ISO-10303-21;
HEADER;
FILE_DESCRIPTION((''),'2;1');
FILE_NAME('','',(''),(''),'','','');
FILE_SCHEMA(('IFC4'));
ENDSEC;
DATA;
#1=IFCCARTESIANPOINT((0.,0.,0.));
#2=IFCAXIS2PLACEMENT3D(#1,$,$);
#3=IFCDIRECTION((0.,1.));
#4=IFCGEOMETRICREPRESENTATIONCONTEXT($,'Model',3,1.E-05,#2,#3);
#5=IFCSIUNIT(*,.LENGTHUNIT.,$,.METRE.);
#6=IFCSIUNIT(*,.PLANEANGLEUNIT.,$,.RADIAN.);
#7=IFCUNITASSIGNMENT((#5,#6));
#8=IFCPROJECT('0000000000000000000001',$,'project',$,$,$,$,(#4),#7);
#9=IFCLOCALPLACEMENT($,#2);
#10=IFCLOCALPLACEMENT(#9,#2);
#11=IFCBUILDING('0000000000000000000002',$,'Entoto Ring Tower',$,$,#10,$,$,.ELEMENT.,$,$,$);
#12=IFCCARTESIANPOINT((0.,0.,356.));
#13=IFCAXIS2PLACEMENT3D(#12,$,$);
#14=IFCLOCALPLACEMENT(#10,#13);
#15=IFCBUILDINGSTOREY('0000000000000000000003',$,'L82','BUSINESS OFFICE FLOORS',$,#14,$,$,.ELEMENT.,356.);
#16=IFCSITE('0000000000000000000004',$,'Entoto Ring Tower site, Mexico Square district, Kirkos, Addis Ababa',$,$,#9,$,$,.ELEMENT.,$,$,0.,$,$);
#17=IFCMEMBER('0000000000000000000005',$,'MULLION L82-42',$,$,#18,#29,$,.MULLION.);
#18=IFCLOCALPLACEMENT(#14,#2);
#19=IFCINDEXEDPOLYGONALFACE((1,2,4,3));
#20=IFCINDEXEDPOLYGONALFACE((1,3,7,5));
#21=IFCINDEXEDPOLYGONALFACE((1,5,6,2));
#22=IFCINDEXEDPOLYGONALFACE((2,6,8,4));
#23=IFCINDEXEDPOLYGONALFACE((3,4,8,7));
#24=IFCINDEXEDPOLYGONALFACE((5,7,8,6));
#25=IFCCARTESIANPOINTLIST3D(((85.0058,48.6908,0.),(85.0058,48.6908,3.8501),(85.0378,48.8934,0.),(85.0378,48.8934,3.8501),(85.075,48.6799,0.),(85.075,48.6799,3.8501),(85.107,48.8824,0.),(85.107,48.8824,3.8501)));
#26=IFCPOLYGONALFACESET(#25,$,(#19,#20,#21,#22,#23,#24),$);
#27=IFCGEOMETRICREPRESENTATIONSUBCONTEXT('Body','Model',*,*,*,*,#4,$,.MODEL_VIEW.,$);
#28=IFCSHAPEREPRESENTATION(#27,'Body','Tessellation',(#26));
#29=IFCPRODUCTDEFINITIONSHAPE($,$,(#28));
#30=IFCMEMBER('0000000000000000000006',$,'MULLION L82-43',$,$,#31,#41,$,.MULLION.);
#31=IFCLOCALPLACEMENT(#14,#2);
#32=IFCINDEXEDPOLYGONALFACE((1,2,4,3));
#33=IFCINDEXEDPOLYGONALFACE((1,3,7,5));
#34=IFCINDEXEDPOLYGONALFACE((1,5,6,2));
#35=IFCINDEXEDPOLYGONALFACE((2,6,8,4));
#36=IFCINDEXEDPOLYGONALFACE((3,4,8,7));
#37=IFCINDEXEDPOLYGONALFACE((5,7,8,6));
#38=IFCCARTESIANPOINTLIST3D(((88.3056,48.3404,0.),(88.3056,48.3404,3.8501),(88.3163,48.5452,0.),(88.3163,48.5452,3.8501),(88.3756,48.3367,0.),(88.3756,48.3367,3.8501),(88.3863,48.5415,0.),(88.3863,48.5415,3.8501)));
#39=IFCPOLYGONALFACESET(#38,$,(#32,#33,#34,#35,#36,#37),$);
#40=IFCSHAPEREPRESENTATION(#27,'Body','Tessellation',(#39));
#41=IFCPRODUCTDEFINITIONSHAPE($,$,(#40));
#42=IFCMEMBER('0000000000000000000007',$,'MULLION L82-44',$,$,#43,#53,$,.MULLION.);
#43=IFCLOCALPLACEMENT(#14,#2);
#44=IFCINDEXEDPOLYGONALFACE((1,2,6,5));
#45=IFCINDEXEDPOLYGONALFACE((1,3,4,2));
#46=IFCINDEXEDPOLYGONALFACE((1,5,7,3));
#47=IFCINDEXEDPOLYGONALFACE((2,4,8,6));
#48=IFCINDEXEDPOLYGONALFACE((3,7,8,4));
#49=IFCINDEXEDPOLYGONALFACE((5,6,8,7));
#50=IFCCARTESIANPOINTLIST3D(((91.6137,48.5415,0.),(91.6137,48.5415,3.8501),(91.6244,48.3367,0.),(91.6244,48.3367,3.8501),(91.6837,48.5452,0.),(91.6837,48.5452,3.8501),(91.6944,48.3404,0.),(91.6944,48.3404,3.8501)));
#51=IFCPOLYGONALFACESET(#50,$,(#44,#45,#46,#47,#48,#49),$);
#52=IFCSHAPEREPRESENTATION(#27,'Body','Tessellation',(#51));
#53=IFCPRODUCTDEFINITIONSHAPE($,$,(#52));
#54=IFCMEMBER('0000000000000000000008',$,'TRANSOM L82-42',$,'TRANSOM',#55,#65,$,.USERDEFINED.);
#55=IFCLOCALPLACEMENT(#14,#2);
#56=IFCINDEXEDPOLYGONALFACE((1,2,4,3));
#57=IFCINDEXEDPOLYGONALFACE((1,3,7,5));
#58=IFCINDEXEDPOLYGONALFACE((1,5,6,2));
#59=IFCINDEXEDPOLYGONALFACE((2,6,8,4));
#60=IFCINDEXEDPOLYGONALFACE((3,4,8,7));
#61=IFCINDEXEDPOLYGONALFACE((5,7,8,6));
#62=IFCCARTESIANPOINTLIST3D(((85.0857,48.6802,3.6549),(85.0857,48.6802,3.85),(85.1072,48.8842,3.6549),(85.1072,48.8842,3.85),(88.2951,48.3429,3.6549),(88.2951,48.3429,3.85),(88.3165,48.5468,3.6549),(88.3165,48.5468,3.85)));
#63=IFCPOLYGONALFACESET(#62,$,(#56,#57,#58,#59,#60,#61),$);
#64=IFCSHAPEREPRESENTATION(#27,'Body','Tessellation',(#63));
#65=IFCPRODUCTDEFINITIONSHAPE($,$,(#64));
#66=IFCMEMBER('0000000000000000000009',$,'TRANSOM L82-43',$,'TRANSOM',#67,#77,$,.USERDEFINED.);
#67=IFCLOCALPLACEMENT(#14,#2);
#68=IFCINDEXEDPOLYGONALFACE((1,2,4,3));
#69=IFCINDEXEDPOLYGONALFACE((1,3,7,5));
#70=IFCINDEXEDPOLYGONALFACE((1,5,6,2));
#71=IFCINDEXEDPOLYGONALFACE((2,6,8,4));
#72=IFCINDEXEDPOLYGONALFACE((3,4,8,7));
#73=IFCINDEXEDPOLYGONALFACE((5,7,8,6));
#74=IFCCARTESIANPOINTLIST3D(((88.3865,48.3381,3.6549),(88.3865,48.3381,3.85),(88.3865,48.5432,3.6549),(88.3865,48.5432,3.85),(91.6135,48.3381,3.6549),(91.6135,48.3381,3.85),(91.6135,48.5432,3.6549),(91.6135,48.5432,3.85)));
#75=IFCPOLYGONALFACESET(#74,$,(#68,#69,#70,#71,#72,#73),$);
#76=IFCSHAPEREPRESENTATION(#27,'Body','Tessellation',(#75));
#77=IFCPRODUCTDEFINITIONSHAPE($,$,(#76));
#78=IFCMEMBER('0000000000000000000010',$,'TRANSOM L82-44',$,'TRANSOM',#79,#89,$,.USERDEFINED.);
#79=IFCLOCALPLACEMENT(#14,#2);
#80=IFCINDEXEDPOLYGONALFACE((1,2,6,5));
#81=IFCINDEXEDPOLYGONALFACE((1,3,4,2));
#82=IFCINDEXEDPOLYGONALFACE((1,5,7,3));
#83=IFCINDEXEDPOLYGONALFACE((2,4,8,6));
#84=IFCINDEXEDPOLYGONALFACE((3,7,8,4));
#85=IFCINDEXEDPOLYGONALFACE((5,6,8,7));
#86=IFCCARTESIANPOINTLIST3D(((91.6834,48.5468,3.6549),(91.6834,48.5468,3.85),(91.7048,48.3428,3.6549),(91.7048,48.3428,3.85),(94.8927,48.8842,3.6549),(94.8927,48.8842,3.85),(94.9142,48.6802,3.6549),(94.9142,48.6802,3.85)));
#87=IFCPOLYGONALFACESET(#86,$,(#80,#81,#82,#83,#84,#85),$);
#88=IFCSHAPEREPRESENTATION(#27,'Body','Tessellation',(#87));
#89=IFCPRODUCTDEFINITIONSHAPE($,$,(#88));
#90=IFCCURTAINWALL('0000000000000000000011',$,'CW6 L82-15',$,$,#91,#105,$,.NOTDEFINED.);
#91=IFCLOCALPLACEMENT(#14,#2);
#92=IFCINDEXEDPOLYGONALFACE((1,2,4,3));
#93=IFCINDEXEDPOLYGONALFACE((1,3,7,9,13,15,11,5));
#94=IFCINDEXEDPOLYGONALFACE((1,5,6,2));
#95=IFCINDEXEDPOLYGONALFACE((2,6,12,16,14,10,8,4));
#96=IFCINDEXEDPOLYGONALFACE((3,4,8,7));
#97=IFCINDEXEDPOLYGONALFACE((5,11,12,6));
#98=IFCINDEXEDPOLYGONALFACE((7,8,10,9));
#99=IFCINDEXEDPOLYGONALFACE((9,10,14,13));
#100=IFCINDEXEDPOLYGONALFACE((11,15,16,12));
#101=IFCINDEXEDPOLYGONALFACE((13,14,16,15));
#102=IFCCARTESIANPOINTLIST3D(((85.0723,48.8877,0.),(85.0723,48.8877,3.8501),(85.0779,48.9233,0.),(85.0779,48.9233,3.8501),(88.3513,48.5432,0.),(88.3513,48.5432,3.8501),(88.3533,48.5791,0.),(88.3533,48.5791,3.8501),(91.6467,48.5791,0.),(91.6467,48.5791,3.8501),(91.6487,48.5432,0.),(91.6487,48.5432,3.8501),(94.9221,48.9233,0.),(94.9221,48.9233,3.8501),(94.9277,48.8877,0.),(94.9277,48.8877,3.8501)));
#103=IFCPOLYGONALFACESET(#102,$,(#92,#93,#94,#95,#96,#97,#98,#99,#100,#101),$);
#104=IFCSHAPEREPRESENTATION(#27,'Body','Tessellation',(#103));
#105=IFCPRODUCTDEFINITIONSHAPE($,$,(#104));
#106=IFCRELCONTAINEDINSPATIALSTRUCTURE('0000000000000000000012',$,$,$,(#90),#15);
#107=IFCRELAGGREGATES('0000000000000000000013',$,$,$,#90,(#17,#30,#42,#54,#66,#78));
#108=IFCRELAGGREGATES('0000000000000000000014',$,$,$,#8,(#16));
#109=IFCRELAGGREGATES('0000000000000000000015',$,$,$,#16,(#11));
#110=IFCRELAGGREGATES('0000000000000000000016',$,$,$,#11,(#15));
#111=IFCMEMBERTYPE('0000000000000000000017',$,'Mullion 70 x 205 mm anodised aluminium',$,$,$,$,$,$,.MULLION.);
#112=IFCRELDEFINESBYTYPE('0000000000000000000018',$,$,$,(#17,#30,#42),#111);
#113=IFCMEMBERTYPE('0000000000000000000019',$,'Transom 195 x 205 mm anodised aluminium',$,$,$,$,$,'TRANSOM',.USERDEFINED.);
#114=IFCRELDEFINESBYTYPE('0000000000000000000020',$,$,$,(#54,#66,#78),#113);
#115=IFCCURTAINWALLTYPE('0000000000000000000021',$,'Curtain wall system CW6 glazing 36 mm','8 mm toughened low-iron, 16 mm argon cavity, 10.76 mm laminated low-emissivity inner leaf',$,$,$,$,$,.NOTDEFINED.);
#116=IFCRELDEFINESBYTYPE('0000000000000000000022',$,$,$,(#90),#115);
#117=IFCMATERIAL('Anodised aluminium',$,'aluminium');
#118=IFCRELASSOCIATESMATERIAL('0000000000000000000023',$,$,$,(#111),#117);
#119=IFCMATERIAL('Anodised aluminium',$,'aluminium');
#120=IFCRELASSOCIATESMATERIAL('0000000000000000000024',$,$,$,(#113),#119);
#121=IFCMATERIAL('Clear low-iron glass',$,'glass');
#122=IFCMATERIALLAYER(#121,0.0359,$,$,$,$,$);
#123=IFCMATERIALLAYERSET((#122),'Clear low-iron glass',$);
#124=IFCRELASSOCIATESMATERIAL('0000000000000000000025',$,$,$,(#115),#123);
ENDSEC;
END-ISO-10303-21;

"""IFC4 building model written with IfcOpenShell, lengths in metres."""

from ifc_helpers import new_model, si_unit, direction, frame, origin, origin_2d, place, context, subcontext, project, spatial, polyline, rectangle, outline, extrude, material, layer, layer_set, material_profile, profile_set, type_object, element, aggregate, save


model = new_model("IFC4")

# Units and contexts
model_context = context("Model", 3, precision=1e-05, world=origin(), true_north=direction((0.0, 1.0)))
body_context = subcontext(model_context, "Body", "Model", "MODEL_VIEW")
ifc_project = project(units=[si_unit("LENGTHUNIT", "METRE"), si_unit("PLANEANGLEUNIT", "RADIAN")], contexts=[model_context])

# Members
ifc_material_1 = material(Name="Anodised aluminium", Category="aluminium")
ifc_material_profile_1 = material_profile(ifc_material_1, rectangle(XDim=0.0701, YDim=0.2051, at=origin_2d()), Name="Mullion 70 x 205 mm anodised aluminium")
ifc_profile_set_1 = profile_set([ifc_material_profile_1], Name="Anodised aluminium")
member_type_1 = type_object("IfcMemberType", Name="Mullion 70 x 205 mm anodised aluminium", PredefinedType="MULLION", material=ifc_profile_set_1)
site_placement = place(None, origin())
building_placement = place(site_placement, origin())
storey_placement = place(building_placement, frame((0.0, 0.0, 356.0)))
member_1_placement = place(storey_placement, frame((85.0564, 48.7866, 0.0), z_axis=(0.0, 0.0, 1.0), x_axis=(0.987688, -0.156434, 0.0)))
member_1 = element("IfcMember", 1, at=member_1_placement, type_object=member_type_1, Name="MULLION L82-42", PredefinedType="MULLION", context=body_context, shape_type="SweptSolid", body=[
    extrude(rectangle(XDim=0.0701, YDim=0.2051, at=origin_2d()), origin(), (0.0, 0.0, 1.0), 3.8501),
])
member_2_placement = place(storey_placement, frame((88.3459, 48.4409, 0.0), z_axis=(0.0, 0.0, 1.0), x_axis=(0.99863, -0.052336, 0.0)))
member_2 = element("IfcMember", 2, at=member_2_placement, type_object=member_type_1, Name="MULLION L82-43", PredefinedType="MULLION", context=body_context, shape_type="SweptSolid", body=[
    extrude(rectangle(XDim=0.0701, YDim=0.2051, at=origin_2d()), origin(), (0.0, 0.0, 1.0), 3.8501),
])
member_3_placement = place(storey_placement, frame((91.6541, 48.4409, 0.0), z_axis=(0.0, 0.0, 1.0), x_axis=(0.99863, 0.052336, 0.0)))
member_3 = element("IfcMember", 3, at=member_3_placement, type_object=member_type_1, Name="MULLION L82-44", PredefinedType="MULLION", context=body_context, shape_type="SweptSolid", body=[
    extrude(rectangle(XDim=0.0701, YDim=0.2051, at=origin_2d()), origin(), (0.0, 0.0, 1.0), 3.8501),
])
ifc_material_2 = material(Name="Anodised aluminium", Category="aluminium")
ifc_material_profile_2 = material_profile(ifc_material_2, rectangle(XDim=0.2051, YDim=0.1951, at=origin_2d()), Name="Transom 195 x 205 mm anodised aluminium")
ifc_profile_set_2 = profile_set([ifc_material_profile_2], Name="Anodised aluminium")
member_type_2 = type_object("IfcMemberType", Name="Transom 195 x 205 mm anodised aluminium", ElementType="TRANSOM", PredefinedType="USERDEFINED", material=ifc_profile_set_2)
member_4_placement = place(storey_placement, frame((85.0964, 48.7822, 3.7524), z_axis=(0.99452, -0.104551, 0.0), x_axis=(0.104551, 0.99452, 0.0)))
member_4 = element("IfcMember", 4, at=member_4_placement, type_object=member_type_2, Name="TRANSOM L82-42", ObjectType="TRANSOM", PredefinedType="USERDEFINED", context=body_context, shape_type="SweptSolid", body=[
    extrude(rectangle(XDim=0.2051, YDim=0.1951, at=origin_2d()), origin(), (0.0, 0.0, 1.0), 3.2271),
])
member_5_placement = place(storey_placement, frame((88.3865, 48.4407, 3.7524), z_axis=(1.0, 0.0, 0.0), x_axis=(0.0, 1.0, 0.0)))
member_5 = element("IfcMember", 5, at=member_5_placement, type_object=member_type_2, Name="TRANSOM L82-43", ObjectType="TRANSOM", PredefinedType="USERDEFINED", context=body_context, shape_type="SweptSolid", body=[
    extrude(rectangle(XDim=0.2051, YDim=0.1951, at=origin_2d()), origin(), (0.0, 0.0, 1.0), 3.2271),
])
member_6_placement = place(storey_placement, frame((91.6941, 48.4448, 3.7524), z_axis=(0.99452, 0.104551, 0.0), x_axis=(-0.104551, 0.99452, 0.0)))
member_6 = element("IfcMember", 6, at=member_6_placement, type_object=member_type_2, Name="TRANSOM L82-44", ObjectType="TRANSOM", PredefinedType="USERDEFINED", context=body_context, shape_type="SweptSolid", body=[
    extrude(rectangle(XDim=0.2051, YDim=0.1951, at=origin_2d()), origin(), (0.0, 0.0, 1.0), 3.2271),
])

# Site, building, storey
site = spatial("IfcSite", under=ifc_project, at=site_placement, Name="Entoto Ring Tower site, Mexico Square district, Kirkos, Addis Ababa", CompositionType="ELEMENT", RefElevation=0.0)
building = spatial("IfcBuilding", under=site, at=building_placement, Name="Entoto Ring Tower", CompositionType="ELEMENT")
storey = spatial("IfcBuildingStorey", under=building, at=storey_placement, Name="L82", Description="BUSINESS OFFICE FLOORS", CompositionType="ELEMENT", Elevation=356.0)

# Curtain wall
ifc_material_3 = material(Name="Clear low-iron glass", Category="glass")
ifc_layer_1 = layer(ifc_material_3, 0.0359)
ifc_layer_set_1 = layer_set([ifc_layer_1], Name="Clear low-iron glass")
curtain_wall_type = type_object("IfcCurtainWallType", Name="Curtain wall system CW6 glazing 36 mm", Description="8 mm toughened low-iron, 16 mm argon cavity, 10.76 mm laminated low-emissivity inner leaf", PredefinedType="NOTDEFINED", material=ifc_layer_set_1)
curtain_wall_1_placement = place(storey_placement, origin())
curtain_wall_1 = element("IfcCurtainWall", 7, at=curtain_wall_1_placement, inside=storey, type_object=curtain_wall_type, Name="CW6 L82-15", PredefinedType="NOTDEFINED", context=body_context, shape_type="SweptSolid", body=[
    extrude(outline(polyline([(85.0723, 48.8877), (88.3513, 48.5432), (91.6487, 48.5432), (94.9277, 48.8877), (94.9221, 48.9233), (91.6467, 48.5791), (88.3533, 48.5791), (85.0779, 48.9233), (85.0723, 48.8877)])), origin(), (0.0, 0.0, 1.0), 3.8501),
])
aggregate(curtain_wall_1, [member_1, member_2, member_3, member_4, member_5, member_6])

save(model, "model.ifc")
